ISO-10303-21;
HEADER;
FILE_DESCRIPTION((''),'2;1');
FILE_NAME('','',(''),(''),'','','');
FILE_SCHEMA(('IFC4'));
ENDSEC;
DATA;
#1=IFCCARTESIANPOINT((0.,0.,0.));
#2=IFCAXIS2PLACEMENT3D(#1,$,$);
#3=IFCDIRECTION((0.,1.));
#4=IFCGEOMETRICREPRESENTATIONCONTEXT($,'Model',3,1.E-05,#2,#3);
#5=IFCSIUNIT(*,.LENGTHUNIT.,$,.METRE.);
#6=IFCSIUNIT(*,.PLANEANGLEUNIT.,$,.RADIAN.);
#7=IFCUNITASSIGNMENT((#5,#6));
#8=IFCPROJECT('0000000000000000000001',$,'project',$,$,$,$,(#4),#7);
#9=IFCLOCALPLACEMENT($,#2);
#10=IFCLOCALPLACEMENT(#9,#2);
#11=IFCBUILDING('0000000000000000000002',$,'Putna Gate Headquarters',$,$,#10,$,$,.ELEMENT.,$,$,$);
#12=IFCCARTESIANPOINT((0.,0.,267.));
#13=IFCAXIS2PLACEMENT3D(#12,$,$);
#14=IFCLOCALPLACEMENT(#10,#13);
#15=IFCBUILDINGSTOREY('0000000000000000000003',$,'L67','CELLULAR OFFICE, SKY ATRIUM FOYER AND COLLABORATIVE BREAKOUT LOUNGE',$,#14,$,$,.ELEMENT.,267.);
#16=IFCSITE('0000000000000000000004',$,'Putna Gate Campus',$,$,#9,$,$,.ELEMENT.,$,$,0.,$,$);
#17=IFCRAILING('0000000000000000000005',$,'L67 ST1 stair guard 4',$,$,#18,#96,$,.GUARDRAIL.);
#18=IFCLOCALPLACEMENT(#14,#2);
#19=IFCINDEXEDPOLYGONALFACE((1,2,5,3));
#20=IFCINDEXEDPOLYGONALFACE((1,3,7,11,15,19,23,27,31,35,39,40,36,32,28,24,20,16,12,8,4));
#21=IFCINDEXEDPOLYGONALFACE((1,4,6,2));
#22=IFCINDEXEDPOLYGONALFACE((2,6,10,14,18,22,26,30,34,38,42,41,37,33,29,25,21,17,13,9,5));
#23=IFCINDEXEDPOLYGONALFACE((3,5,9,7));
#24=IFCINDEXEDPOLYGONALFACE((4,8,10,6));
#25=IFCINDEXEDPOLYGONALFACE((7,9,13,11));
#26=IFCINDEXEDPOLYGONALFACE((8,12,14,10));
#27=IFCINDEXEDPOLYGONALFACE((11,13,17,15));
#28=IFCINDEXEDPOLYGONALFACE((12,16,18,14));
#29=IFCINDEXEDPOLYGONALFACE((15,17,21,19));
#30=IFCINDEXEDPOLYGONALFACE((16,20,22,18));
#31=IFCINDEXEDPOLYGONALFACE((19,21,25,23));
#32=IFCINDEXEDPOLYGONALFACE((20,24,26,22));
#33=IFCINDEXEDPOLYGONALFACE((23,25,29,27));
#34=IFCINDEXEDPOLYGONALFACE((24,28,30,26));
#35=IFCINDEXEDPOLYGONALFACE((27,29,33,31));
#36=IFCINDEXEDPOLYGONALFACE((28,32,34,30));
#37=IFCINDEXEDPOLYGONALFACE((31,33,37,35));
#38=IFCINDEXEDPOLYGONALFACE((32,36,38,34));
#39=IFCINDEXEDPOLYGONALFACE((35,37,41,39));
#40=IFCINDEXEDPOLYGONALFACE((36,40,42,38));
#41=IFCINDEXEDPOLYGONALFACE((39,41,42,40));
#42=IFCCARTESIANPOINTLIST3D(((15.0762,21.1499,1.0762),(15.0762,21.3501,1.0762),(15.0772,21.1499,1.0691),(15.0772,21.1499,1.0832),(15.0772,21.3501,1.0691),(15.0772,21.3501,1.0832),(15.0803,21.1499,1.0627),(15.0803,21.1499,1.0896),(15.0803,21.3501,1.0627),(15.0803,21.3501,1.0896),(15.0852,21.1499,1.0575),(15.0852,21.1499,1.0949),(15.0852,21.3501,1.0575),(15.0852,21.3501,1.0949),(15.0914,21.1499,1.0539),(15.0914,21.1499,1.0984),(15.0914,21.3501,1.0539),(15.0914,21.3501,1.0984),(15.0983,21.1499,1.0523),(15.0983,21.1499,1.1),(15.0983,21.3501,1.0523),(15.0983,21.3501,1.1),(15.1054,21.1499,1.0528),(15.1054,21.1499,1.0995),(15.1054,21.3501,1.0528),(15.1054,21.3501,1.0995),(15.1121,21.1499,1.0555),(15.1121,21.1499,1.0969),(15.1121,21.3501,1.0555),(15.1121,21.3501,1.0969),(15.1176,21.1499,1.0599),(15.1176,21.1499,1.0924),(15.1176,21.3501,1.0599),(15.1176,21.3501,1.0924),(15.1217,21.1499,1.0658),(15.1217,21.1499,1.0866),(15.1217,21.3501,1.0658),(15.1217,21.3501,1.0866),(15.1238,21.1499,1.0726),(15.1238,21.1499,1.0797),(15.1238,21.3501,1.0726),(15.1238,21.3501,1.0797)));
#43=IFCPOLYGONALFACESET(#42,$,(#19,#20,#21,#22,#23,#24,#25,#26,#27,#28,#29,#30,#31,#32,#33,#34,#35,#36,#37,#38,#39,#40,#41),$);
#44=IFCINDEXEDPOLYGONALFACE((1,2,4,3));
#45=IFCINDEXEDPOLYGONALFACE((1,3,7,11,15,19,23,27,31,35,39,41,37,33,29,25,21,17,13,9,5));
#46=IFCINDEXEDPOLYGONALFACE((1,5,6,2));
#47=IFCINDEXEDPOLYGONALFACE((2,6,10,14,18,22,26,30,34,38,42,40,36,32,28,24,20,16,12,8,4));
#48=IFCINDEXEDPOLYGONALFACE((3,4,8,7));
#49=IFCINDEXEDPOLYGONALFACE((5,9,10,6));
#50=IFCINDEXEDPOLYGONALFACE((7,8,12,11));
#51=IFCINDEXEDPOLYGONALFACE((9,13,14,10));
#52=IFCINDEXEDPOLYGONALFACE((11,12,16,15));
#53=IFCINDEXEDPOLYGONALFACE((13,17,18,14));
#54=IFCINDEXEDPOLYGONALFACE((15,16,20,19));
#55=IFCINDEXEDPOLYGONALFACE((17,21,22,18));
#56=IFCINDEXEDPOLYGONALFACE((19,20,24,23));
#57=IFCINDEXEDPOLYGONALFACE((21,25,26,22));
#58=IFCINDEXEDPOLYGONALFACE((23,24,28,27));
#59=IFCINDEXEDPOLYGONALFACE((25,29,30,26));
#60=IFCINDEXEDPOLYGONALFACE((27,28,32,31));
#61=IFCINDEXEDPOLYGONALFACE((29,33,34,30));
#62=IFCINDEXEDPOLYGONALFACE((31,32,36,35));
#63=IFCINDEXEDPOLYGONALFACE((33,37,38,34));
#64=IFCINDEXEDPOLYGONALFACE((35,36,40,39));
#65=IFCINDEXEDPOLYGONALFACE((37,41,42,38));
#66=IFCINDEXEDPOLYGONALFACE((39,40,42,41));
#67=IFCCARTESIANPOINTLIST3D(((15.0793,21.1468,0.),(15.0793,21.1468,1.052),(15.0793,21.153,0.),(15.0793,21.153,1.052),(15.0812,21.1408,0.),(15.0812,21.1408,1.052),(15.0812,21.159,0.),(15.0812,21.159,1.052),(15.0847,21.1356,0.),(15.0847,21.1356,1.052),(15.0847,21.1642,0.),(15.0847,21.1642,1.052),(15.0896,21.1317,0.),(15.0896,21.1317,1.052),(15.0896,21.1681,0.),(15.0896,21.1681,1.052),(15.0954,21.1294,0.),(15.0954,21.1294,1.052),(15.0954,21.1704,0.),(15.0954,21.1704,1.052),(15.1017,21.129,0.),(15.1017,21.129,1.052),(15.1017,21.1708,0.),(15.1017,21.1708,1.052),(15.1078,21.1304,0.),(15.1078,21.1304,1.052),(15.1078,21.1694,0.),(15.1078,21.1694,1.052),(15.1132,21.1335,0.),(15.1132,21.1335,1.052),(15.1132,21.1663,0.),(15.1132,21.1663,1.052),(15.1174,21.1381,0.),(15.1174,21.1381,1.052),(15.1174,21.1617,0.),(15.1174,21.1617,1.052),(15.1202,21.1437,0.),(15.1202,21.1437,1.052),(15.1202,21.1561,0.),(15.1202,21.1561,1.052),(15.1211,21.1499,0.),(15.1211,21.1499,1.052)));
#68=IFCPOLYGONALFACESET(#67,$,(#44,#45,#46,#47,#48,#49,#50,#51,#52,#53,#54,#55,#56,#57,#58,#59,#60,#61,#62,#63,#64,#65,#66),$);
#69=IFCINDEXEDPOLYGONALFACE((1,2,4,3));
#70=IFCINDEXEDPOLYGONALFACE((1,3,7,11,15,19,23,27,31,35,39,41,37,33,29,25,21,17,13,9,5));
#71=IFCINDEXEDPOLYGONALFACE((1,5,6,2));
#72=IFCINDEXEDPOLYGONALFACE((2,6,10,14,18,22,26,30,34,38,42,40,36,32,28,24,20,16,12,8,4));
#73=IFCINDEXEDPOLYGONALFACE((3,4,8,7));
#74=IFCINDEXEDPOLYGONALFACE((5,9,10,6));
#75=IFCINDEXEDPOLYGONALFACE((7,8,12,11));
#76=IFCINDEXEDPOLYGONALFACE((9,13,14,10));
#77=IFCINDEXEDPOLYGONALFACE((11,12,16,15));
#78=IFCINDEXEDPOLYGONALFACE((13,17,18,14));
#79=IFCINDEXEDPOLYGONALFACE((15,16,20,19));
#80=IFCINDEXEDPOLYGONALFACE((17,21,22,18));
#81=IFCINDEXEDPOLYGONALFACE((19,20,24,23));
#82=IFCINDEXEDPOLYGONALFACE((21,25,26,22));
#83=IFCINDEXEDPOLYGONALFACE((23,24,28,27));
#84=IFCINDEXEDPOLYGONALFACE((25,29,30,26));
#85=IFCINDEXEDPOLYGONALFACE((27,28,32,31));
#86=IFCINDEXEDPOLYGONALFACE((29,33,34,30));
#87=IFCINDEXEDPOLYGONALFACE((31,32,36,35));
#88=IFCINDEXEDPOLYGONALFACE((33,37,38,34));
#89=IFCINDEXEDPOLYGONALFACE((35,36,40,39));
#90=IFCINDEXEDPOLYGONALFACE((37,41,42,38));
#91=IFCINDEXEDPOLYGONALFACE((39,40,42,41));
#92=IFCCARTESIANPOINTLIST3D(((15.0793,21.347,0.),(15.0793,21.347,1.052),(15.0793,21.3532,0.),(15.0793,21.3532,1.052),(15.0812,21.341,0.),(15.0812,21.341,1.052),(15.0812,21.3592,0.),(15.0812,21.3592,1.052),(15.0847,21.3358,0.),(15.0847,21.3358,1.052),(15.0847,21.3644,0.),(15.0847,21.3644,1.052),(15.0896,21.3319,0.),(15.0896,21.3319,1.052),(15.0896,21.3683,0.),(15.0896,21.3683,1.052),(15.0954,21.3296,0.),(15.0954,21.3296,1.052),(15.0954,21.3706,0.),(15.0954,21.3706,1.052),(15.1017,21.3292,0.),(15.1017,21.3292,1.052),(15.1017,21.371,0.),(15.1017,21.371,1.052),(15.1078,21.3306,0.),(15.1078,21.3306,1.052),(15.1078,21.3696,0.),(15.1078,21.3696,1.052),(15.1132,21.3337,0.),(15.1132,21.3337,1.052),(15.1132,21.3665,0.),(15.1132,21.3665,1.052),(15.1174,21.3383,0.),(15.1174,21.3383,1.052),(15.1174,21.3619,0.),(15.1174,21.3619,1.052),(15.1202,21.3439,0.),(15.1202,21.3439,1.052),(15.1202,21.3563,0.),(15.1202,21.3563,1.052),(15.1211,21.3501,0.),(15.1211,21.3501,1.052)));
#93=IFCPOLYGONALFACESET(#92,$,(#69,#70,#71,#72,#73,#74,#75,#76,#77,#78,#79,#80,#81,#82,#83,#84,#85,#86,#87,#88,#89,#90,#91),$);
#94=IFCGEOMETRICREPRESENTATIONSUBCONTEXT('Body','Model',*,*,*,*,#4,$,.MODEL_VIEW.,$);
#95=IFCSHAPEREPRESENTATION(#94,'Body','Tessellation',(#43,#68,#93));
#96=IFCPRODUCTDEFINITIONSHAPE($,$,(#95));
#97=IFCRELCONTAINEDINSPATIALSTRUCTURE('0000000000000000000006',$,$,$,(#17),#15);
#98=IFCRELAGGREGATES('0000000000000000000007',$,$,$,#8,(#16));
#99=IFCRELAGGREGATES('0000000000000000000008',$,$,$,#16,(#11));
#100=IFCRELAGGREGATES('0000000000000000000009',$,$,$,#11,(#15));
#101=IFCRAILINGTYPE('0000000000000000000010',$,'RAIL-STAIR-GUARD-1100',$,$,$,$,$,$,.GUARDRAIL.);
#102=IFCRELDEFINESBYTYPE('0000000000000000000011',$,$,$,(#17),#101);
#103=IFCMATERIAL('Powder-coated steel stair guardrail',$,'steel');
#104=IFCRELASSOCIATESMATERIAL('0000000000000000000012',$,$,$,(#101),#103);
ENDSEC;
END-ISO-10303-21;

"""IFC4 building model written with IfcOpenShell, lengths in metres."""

from ifc_helpers import new_model, si_unit, direction, frame, origin, origin_2d, place, context, subcontext, project, spatial, circle, extrude, material, type_object, element, save


model = new_model("IFC4")

# Units and contexts
model_context = context("Model", 3, precision=1e-05, world=origin(), true_north=direction((0.0, 1.0)))
body_context = subcontext(model_context, "Body", "Model", "MODEL_VIEW")
ifc_project = project(units=[si_unit("LENGTHUNIT", "METRE"), si_unit("PLANEANGLEUNIT", "RADIAN")], contexts=[model_context])

# Site, building, storey
site_placement = place(None, origin())
site = spatial("IfcSite", under=ifc_project, at=site_placement, Name="Putna Gate Campus", CompositionType="ELEMENT", RefElevation=0.0)
building_placement = place(site_placement, origin())
building = spatial("IfcBuilding", under=site, at=building_placement, Name="Putna Gate Headquarters", CompositionType="ELEMENT")
storey_placement = place(building_placement, frame((0.0, 0.0, 267.0)))
storey = spatial("IfcBuildingStorey", under=building, at=storey_placement, Name="L67", Description="CELLULAR OFFICE, SKY ATRIUM FOYER AND COLLABORATIVE BREAKOUT LOUNGE", CompositionType="ELEMENT", Elevation=267.0)

# Railing
ifc_material_1 = material(Name="Powder-coated steel stair guardrail", Category="steel")
railing_type_1 = type_object("IfcRailingType", Name="RAIL-STAIR-GUARD-1100", PredefinedType="GUARDRAIL", material=ifc_material_1)
railing_1_placement = place(storey_placement, frame((15.1001, 21.1499, 0.0)))
element("IfcRailing", 1, at=railing_1_placement, inside=storey, type_object=railing_type_1, Name="L67 ST1 stair guard 4", PredefinedType="GUARDRAIL", context=body_context, shape_type="SweptSolid", body=[
    extrude(circle(Radius=0.0239, at=origin_2d()), frame((0.0, 0.0, 1.0762), z_axis=(0.0, 1.0, 0.0), x_axis=(-1.0, 0.0, 0.0)), (0.0, 0.0, 1.0), 0.2002),
    extrude(circle(Radius=0.021, at=origin_2d()), origin(), (0.0, 0.0, 1.0), 1.052),
    extrude(circle(Radius=0.021, at=origin_2d()), frame((0.0, 0.2002, 0.0)), (0.0, 0.0, 1.0), 1.052),
])

save(model, "model.ifc")
